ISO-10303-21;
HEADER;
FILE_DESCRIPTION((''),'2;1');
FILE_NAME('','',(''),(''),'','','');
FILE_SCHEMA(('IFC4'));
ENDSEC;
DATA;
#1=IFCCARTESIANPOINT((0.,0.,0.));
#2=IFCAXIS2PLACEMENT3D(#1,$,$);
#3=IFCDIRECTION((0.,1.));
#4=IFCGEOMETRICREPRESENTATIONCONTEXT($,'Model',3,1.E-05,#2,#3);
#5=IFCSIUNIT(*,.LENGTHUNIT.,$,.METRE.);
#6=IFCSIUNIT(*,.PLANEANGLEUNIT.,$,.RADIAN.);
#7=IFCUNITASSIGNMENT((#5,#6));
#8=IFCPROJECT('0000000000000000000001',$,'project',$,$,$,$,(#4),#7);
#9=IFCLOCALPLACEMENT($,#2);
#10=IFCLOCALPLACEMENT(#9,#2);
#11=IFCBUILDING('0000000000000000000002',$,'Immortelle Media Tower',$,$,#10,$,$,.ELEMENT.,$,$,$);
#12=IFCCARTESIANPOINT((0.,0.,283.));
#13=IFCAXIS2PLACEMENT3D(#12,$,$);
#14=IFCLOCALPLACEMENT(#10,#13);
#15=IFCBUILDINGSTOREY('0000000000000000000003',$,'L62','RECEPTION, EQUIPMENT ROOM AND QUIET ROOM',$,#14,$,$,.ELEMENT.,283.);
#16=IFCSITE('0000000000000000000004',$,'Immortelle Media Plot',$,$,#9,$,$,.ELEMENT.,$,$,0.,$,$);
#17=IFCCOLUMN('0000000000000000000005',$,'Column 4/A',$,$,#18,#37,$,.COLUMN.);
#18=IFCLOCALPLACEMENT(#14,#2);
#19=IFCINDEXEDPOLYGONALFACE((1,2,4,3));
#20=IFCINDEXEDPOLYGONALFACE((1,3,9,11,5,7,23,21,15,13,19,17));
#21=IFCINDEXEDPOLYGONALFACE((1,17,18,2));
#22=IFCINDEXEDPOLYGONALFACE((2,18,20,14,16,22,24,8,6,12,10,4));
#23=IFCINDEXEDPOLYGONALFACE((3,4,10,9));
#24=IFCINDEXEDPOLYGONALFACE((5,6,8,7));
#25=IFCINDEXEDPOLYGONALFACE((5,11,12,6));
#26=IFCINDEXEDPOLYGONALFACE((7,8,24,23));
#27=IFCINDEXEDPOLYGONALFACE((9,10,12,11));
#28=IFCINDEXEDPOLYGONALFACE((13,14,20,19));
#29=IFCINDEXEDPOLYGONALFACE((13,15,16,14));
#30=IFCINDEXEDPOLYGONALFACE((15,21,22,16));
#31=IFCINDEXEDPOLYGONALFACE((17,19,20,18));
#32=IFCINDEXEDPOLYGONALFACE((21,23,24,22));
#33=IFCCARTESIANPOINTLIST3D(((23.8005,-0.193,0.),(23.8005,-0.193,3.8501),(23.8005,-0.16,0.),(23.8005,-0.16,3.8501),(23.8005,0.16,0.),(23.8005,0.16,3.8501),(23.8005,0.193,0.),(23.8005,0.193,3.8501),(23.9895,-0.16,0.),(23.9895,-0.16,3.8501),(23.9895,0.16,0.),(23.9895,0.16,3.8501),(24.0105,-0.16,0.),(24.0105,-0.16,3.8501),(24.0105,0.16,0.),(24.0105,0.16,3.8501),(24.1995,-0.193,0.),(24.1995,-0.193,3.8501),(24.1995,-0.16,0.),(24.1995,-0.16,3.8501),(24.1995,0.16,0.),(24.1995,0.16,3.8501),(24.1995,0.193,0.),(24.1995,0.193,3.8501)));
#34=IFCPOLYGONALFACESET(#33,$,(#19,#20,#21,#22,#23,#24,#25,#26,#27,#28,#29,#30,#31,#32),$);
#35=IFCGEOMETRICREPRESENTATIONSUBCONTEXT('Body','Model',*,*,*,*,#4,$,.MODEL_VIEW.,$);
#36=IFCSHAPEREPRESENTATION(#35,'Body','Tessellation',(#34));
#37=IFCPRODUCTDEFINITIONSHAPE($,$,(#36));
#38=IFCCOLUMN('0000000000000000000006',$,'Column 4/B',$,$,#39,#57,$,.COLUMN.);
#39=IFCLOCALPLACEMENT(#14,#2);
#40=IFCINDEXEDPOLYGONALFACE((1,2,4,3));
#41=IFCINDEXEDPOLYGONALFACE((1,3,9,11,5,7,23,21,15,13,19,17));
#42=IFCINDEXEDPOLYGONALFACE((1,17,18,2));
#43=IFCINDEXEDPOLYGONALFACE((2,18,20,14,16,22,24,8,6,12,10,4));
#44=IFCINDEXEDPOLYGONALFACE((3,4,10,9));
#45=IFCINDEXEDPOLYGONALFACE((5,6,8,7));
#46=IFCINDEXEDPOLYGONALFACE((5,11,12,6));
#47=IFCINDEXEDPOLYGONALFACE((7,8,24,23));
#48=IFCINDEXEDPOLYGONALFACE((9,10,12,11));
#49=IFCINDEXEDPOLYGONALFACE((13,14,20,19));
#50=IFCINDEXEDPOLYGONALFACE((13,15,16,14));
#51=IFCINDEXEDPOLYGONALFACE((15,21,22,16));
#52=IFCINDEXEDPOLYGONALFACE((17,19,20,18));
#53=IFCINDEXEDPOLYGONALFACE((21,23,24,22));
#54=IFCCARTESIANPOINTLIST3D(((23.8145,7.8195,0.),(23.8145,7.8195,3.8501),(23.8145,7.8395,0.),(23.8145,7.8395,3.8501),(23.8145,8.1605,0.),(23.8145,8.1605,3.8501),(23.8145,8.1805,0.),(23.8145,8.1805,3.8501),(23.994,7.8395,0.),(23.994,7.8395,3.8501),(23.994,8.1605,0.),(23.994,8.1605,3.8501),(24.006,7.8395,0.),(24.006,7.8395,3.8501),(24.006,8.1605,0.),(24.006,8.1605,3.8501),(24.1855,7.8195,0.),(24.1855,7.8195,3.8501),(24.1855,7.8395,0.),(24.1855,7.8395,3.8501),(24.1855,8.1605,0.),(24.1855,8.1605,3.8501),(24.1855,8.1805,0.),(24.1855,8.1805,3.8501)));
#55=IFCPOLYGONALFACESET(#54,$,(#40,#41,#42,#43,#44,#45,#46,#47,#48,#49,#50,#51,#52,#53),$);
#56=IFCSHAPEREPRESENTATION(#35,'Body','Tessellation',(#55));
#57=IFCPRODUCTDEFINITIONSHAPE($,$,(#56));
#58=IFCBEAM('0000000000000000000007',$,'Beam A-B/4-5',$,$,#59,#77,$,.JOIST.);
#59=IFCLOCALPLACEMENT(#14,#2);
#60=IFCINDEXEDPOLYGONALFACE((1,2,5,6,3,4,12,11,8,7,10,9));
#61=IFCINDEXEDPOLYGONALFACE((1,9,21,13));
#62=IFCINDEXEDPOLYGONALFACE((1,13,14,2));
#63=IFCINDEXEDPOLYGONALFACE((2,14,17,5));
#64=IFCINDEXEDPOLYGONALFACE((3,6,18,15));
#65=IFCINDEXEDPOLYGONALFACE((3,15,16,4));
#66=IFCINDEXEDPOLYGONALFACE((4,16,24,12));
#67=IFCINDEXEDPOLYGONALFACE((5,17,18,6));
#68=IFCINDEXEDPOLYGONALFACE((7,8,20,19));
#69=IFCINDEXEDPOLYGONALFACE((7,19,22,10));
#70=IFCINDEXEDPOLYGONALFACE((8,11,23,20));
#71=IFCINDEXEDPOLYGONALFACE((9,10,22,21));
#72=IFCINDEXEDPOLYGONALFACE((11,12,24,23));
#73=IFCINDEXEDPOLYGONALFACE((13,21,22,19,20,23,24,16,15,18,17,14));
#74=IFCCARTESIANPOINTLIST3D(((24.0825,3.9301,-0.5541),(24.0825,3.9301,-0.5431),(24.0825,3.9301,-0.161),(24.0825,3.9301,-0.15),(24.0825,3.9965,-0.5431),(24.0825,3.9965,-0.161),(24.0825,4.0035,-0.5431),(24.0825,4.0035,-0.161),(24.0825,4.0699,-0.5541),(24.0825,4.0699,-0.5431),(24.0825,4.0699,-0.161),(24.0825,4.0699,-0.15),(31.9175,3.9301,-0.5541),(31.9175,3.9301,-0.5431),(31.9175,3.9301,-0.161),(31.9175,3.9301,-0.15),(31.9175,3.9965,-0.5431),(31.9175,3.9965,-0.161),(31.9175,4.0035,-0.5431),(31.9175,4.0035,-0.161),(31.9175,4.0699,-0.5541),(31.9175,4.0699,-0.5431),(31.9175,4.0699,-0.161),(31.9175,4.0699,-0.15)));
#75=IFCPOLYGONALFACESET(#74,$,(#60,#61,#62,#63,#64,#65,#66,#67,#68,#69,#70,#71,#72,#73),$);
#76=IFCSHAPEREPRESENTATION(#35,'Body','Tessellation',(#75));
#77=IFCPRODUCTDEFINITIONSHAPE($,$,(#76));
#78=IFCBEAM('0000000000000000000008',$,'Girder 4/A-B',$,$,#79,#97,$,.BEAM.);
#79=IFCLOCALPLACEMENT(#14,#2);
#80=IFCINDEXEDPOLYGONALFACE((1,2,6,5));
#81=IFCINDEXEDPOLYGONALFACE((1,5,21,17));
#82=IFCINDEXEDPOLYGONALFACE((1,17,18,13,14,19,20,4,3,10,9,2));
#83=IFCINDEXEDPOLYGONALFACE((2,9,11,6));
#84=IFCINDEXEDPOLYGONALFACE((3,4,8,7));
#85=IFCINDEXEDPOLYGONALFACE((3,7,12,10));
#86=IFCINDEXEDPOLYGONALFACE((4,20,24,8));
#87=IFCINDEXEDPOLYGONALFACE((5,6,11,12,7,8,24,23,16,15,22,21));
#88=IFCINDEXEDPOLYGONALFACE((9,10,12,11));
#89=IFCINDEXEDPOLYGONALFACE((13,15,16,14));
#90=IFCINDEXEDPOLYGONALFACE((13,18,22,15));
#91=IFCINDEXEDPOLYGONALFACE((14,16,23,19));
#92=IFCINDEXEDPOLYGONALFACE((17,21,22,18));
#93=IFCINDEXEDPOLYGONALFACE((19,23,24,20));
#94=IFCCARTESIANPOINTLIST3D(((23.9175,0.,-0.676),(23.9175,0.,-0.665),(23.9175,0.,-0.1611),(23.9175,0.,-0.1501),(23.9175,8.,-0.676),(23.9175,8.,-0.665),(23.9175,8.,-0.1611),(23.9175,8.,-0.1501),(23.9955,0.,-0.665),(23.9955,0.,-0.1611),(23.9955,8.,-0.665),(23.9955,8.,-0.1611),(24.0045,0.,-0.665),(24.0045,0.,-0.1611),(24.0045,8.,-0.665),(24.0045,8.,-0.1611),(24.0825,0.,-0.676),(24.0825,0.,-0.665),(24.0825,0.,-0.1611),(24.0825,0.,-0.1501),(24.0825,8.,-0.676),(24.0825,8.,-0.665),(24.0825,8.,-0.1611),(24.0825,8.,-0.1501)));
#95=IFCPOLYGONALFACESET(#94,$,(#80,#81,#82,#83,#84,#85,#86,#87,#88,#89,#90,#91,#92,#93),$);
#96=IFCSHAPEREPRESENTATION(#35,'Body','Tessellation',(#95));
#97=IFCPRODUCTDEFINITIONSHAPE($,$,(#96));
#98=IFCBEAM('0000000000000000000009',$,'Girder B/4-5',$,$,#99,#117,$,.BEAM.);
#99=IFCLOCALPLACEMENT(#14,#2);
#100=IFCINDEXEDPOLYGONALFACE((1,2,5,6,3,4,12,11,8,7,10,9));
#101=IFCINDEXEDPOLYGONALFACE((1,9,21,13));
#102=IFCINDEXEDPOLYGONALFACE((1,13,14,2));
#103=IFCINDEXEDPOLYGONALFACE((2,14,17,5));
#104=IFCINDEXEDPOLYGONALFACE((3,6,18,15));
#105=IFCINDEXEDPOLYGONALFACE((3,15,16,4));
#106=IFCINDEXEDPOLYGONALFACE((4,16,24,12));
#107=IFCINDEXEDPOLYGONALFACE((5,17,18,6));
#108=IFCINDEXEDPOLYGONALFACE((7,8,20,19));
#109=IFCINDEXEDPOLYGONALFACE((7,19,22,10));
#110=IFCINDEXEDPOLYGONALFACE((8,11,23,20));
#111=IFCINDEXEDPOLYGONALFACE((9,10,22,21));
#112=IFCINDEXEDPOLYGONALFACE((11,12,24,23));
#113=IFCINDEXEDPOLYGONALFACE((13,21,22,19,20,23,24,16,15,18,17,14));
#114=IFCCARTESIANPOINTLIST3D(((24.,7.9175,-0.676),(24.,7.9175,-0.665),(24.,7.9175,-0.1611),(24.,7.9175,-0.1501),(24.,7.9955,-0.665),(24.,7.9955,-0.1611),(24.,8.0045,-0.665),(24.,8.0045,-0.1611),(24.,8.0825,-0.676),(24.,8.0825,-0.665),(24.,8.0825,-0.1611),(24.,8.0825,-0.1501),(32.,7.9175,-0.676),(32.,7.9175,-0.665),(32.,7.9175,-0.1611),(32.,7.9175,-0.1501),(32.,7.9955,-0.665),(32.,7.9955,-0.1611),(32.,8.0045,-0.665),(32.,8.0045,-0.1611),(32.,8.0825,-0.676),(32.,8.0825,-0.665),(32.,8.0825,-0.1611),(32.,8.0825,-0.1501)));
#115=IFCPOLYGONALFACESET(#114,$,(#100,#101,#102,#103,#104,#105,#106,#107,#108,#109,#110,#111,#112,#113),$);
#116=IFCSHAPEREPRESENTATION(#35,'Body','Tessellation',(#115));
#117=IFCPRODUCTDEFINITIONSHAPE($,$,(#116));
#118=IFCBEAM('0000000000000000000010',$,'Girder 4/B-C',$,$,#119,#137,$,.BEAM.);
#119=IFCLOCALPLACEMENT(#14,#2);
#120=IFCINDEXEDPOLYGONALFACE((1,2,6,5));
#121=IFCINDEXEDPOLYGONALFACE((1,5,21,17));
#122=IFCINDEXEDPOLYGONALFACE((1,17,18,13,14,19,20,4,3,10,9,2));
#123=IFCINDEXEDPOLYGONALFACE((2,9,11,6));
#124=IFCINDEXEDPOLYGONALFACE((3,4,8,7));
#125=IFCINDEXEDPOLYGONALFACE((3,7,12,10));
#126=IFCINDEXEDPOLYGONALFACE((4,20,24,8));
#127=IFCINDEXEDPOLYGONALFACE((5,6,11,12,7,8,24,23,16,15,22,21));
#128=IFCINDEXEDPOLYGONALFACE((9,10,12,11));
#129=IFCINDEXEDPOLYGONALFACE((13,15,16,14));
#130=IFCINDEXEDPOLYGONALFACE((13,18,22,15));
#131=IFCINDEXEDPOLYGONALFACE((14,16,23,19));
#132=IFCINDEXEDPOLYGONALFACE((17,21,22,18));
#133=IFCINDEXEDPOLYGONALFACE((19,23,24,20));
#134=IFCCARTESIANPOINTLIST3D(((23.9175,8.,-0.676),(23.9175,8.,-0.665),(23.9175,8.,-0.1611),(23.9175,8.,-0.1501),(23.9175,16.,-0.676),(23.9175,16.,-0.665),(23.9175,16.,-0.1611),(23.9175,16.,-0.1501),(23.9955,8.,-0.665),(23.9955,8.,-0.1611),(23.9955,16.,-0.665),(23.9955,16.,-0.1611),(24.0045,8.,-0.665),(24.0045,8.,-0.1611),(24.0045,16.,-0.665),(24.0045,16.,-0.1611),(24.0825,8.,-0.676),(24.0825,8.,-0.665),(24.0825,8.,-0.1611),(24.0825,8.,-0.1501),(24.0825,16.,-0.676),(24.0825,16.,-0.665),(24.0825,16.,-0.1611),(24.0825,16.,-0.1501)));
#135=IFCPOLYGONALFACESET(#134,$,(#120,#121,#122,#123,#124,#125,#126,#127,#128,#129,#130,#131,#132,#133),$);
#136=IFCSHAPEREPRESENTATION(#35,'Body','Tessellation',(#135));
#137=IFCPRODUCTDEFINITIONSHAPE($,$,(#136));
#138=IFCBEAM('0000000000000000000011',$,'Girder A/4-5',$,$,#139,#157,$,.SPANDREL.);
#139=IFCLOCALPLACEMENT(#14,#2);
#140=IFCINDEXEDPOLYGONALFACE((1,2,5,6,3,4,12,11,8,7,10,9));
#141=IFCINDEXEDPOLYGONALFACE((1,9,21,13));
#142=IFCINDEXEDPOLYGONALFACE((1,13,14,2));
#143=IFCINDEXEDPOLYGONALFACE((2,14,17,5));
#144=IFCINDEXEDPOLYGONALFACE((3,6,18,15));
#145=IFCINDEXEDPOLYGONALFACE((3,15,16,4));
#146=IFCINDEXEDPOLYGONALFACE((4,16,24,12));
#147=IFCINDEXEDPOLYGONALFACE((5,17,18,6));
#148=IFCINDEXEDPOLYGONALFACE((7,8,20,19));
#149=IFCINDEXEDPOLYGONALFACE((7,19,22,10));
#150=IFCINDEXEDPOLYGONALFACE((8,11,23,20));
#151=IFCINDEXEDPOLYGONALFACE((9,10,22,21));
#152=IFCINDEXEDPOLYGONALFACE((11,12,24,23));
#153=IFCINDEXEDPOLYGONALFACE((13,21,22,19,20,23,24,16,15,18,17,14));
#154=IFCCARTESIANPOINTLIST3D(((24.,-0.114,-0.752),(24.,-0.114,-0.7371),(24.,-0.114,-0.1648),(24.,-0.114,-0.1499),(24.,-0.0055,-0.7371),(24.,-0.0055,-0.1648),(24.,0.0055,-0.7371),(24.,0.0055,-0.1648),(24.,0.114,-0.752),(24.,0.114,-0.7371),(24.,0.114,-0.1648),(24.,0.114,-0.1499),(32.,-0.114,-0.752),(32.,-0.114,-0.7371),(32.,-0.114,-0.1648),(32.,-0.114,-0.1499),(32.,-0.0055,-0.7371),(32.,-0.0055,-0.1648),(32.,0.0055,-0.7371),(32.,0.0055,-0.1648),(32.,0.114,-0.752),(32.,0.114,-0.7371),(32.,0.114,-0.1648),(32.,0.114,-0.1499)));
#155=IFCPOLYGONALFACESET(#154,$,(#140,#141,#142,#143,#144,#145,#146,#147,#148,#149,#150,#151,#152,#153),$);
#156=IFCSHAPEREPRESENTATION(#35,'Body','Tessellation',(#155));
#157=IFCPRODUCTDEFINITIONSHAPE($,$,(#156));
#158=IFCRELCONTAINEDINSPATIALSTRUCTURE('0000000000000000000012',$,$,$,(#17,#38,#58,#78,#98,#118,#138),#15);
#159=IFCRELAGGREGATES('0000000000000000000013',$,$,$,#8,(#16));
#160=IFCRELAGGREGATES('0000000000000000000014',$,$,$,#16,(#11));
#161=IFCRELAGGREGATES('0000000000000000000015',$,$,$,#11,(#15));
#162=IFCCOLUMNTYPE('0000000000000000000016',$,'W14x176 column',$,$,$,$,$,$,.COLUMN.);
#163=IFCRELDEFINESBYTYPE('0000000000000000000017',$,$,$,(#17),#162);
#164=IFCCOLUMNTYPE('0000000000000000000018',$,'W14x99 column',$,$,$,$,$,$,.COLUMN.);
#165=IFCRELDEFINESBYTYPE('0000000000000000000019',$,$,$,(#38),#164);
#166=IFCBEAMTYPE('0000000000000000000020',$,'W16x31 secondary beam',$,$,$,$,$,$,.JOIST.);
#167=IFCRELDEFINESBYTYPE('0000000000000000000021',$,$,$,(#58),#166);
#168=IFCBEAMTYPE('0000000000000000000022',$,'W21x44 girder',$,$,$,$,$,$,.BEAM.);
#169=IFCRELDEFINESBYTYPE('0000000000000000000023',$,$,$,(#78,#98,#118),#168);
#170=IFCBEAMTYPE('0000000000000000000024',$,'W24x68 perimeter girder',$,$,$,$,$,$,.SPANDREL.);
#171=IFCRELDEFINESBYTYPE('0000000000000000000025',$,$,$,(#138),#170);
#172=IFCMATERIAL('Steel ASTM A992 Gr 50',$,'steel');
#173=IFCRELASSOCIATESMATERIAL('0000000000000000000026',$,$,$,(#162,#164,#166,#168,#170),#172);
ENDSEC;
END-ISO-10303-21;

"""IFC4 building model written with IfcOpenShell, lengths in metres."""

from ifc_helpers import new_model, si_unit, direction, frame, origin, origin_2d, place, context, subcontext, project, spatial, i_section, extrude, material, material_profile, profile_set, type_object, element, save


model = new_model("IFC4")

# Units and contexts
model_context = context("Model", 3, precision=1e-05, world=origin(), true_north=direction((0.0, 1.0)))
body_context = subcontext(model_context, "Body", "Model", "MODEL_VIEW")
ifc_project = project(units=[si_unit("LENGTHUNIT", "METRE"), si_unit("PLANEANGLEUNIT", "RADIAN")], contexts=[model_context])

# Site, building, storey
site_placement = place(None, origin())
site = spatial("IfcSite", under=ifc_project, at=site_placement, Name="Immortelle Media Plot", CompositionType="ELEMENT", RefElevation=0.0)
building_placement = place(site_placement, origin())
building = spatial("IfcBuilding", under=site, at=building_placement, Name="Immortelle Media Tower", CompositionType="ELEMENT")
storey_placement = place(building_placement, frame((0.0, 0.0, 283.0)))
storey = spatial("IfcBuildingStorey", under=building, at=storey_placement, Name="L62", Description="RECEPTION, EQUIPMENT ROOM AND QUIET ROOM", CompositionType="ELEMENT", Elevation=283.0)

# Columns
ifc_material_1 = material(Name="Steel ASTM A992 Gr 50", Category="steel")
ifc_material_profile_1 = material_profile(ifc_material_1, i_section(OverallWidth=0.3989, OverallDepth=0.386, WebThickness=0.021, FlangeThickness=0.033, at=origin_2d()), Name="W14x176")
ifc_profile_set_1 = profile_set([ifc_material_profile_1], Name="Steel ASTM A992 Gr 50")
column_type_1 = type_object("IfcColumnType", Name="W14x176 column", PredefinedType="COLUMN", material=ifc_profile_set_1)
column_1_placement = place(storey_placement, frame((24.0, 0.0, 0.0), z_axis=(0.0, 0.0, 1.0), x_axis=(1.0, 0.0, 0.0)))
element("IfcColumn", 1, at=column_1_placement, inside=storey, type_object=column_type_1, Name="Column 4/A", PredefinedType="COLUMN", context=body_context, shape_type="SweptSolid", body=[
    extrude(i_section(OverallWidth=0.3989, OverallDepth=0.386, WebThickness=0.021, FlangeThickness=0.033, at=origin_2d()), origin(), (0.0, 0.0, 1.0), 3.8501),
])
ifc_material_profile_2 = material_profile(ifc_material_1, i_section(OverallWidth=0.3711, OverallDepth=0.3611, WebThickness=0.012, FlangeThickness=0.02, at=origin_2d()), Name="W14x99")
ifc_profile_set_2 = profile_set([ifc_material_profile_2], Name="Steel ASTM A992 Gr 50")
column_type_2 = type_object("IfcColumnType", Name="W14x99 column", PredefinedType="COLUMN", material=ifc_profile_set_2)
column_2_placement = place(storey_placement, frame((24.0, 8.0, 0.0), z_axis=(0.0, 0.0, 1.0), x_axis=(1.0, 0.0, 0.0)))
element("IfcColumn", 2, at=column_2_placement, inside=storey, type_object=column_type_2, Name="Column 4/B", PredefinedType="COLUMN", context=body_context, shape_type="SweptSolid", body=[
    extrude(i_section(OverallWidth=0.3711, OverallDepth=0.3611, WebThickness=0.012, FlangeThickness=0.02, at=origin_2d()), origin(), (0.0, 0.0, 1.0), 3.8501),
])

# Beams
ifc_material_profile_3 = material_profile(ifc_material_1, i_section(OverallWidth=0.1399, OverallDepth=0.4041, WebThickness=0.0071, FlangeThickness=0.011, at=origin_2d()), Name="W16x31")
ifc_profile_set_3 = profile_set([ifc_material_profile_3], Name="Steel ASTM A992 Gr 50")
beam_type_1 = type_object("IfcBeamType", Name="W16x31 secondary beam", PredefinedType="JOIST", material=ifc_profile_set_3)
beam_1_placement = place(storey_placement, frame((24.0825, 4.0, -0.3521), z_axis=(1.0, 0.0, 0.0), x_axis=(0.0, 1.0, 0.0)))
element("IfcBeam", 3, at=beam_1_placement, inside=storey, type_object=beam_type_1, Name="Beam A-B/4-5", PredefinedType="JOIST", context=body_context, shape_type="SweptSolid", body=[
    extrude(i_section(OverallWidth=0.1399, OverallDepth=0.4041, WebThickness=0.0071, FlangeThickness=0.011, at=origin_2d()), origin(), (0.0, 0.0, 1.0), 7.835),
])
ifc_material_profile_4 = material_profile(ifc_material_1, i_section(OverallWidth=0.165, OverallDepth=0.5259, WebThickness=0.009, FlangeThickness=0.011, at=origin_2d()), Name="W21x44")
ifc_profile_set_4 = profile_set([ifc_material_profile_4], Name="Steel ASTM A992 Gr 50")
beam_type_2 = type_object("IfcBeamType", Name="W21x44 girder", PredefinedType="BEAM", material=ifc_profile_set_4)
for number, where, z_axis, x_axis, name in (
    (4, (24.0, 0.0, -0.4131), (0.0, 1.0, 0.0), (-1.0, 0.0, 0.0), "Girder 4/A-B"),
    (5, (24.0, 8.0, -0.4131), (1.0, 0.0, 0.0), (0.0, 1.0, 0.0), "Girder B/4-5"),
    (6, (24.0, 8.0, -0.4131), (0.0, 1.0, 0.0), (-1.0, 0.0, 0.0), "Girder 4/B-C"),
):
    element("IfcBeam", number, at=place(storey_placement, frame(where, z_axis=z_axis, x_axis=x_axis)), inside=storey, type_object=beam_type_2, Name=name, PredefinedType="BEAM", context=body_context, shape_type="SweptSolid", body=[
        extrude(i_section(OverallWidth=0.165, OverallDepth=0.5259, WebThickness=0.009, FlangeThickness=0.011, at=origin_2d()), origin(), (0.0, 0.0, 1.0), 8.0),
    ])
ifc_material_profile_5 = material_profile(ifc_material_1, i_section(OverallWidth=0.228, OverallDepth=0.6021, WebThickness=0.011, FlangeThickness=0.0149, at=origin_2d()), Name="W24x68")
ifc_profile_set_5 = profile_set([ifc_material_profile_5], Name="Steel ASTM A992 Gr 50")
beam_type_3 = type_object("IfcBeamType", Name="W24x68 perimeter girder", PredefinedType="SPANDREL", material=ifc_profile_set_5)
beam_2_placement = place(storey_placement, frame((24.0, 0.0, -0.4509), z_axis=(1.0, 0.0, 0.0), x_axis=(0.0, 1.0, 0.0)))
element("IfcBeam", 7, at=beam_2_placement, inside=storey, type_object=beam_type_3, Name="Girder A/4-5", PredefinedType="SPANDREL", context=body_context, shape_type="SweptSolid", body=[
    extrude(i_section(OverallWidth=0.228, OverallDepth=0.6021, WebThickness=0.011, FlangeThickness=0.0149, at=origin_2d()), origin(), (0.0, 0.0, 1.0), 8.0),
])

save(model, "model.ifc")
